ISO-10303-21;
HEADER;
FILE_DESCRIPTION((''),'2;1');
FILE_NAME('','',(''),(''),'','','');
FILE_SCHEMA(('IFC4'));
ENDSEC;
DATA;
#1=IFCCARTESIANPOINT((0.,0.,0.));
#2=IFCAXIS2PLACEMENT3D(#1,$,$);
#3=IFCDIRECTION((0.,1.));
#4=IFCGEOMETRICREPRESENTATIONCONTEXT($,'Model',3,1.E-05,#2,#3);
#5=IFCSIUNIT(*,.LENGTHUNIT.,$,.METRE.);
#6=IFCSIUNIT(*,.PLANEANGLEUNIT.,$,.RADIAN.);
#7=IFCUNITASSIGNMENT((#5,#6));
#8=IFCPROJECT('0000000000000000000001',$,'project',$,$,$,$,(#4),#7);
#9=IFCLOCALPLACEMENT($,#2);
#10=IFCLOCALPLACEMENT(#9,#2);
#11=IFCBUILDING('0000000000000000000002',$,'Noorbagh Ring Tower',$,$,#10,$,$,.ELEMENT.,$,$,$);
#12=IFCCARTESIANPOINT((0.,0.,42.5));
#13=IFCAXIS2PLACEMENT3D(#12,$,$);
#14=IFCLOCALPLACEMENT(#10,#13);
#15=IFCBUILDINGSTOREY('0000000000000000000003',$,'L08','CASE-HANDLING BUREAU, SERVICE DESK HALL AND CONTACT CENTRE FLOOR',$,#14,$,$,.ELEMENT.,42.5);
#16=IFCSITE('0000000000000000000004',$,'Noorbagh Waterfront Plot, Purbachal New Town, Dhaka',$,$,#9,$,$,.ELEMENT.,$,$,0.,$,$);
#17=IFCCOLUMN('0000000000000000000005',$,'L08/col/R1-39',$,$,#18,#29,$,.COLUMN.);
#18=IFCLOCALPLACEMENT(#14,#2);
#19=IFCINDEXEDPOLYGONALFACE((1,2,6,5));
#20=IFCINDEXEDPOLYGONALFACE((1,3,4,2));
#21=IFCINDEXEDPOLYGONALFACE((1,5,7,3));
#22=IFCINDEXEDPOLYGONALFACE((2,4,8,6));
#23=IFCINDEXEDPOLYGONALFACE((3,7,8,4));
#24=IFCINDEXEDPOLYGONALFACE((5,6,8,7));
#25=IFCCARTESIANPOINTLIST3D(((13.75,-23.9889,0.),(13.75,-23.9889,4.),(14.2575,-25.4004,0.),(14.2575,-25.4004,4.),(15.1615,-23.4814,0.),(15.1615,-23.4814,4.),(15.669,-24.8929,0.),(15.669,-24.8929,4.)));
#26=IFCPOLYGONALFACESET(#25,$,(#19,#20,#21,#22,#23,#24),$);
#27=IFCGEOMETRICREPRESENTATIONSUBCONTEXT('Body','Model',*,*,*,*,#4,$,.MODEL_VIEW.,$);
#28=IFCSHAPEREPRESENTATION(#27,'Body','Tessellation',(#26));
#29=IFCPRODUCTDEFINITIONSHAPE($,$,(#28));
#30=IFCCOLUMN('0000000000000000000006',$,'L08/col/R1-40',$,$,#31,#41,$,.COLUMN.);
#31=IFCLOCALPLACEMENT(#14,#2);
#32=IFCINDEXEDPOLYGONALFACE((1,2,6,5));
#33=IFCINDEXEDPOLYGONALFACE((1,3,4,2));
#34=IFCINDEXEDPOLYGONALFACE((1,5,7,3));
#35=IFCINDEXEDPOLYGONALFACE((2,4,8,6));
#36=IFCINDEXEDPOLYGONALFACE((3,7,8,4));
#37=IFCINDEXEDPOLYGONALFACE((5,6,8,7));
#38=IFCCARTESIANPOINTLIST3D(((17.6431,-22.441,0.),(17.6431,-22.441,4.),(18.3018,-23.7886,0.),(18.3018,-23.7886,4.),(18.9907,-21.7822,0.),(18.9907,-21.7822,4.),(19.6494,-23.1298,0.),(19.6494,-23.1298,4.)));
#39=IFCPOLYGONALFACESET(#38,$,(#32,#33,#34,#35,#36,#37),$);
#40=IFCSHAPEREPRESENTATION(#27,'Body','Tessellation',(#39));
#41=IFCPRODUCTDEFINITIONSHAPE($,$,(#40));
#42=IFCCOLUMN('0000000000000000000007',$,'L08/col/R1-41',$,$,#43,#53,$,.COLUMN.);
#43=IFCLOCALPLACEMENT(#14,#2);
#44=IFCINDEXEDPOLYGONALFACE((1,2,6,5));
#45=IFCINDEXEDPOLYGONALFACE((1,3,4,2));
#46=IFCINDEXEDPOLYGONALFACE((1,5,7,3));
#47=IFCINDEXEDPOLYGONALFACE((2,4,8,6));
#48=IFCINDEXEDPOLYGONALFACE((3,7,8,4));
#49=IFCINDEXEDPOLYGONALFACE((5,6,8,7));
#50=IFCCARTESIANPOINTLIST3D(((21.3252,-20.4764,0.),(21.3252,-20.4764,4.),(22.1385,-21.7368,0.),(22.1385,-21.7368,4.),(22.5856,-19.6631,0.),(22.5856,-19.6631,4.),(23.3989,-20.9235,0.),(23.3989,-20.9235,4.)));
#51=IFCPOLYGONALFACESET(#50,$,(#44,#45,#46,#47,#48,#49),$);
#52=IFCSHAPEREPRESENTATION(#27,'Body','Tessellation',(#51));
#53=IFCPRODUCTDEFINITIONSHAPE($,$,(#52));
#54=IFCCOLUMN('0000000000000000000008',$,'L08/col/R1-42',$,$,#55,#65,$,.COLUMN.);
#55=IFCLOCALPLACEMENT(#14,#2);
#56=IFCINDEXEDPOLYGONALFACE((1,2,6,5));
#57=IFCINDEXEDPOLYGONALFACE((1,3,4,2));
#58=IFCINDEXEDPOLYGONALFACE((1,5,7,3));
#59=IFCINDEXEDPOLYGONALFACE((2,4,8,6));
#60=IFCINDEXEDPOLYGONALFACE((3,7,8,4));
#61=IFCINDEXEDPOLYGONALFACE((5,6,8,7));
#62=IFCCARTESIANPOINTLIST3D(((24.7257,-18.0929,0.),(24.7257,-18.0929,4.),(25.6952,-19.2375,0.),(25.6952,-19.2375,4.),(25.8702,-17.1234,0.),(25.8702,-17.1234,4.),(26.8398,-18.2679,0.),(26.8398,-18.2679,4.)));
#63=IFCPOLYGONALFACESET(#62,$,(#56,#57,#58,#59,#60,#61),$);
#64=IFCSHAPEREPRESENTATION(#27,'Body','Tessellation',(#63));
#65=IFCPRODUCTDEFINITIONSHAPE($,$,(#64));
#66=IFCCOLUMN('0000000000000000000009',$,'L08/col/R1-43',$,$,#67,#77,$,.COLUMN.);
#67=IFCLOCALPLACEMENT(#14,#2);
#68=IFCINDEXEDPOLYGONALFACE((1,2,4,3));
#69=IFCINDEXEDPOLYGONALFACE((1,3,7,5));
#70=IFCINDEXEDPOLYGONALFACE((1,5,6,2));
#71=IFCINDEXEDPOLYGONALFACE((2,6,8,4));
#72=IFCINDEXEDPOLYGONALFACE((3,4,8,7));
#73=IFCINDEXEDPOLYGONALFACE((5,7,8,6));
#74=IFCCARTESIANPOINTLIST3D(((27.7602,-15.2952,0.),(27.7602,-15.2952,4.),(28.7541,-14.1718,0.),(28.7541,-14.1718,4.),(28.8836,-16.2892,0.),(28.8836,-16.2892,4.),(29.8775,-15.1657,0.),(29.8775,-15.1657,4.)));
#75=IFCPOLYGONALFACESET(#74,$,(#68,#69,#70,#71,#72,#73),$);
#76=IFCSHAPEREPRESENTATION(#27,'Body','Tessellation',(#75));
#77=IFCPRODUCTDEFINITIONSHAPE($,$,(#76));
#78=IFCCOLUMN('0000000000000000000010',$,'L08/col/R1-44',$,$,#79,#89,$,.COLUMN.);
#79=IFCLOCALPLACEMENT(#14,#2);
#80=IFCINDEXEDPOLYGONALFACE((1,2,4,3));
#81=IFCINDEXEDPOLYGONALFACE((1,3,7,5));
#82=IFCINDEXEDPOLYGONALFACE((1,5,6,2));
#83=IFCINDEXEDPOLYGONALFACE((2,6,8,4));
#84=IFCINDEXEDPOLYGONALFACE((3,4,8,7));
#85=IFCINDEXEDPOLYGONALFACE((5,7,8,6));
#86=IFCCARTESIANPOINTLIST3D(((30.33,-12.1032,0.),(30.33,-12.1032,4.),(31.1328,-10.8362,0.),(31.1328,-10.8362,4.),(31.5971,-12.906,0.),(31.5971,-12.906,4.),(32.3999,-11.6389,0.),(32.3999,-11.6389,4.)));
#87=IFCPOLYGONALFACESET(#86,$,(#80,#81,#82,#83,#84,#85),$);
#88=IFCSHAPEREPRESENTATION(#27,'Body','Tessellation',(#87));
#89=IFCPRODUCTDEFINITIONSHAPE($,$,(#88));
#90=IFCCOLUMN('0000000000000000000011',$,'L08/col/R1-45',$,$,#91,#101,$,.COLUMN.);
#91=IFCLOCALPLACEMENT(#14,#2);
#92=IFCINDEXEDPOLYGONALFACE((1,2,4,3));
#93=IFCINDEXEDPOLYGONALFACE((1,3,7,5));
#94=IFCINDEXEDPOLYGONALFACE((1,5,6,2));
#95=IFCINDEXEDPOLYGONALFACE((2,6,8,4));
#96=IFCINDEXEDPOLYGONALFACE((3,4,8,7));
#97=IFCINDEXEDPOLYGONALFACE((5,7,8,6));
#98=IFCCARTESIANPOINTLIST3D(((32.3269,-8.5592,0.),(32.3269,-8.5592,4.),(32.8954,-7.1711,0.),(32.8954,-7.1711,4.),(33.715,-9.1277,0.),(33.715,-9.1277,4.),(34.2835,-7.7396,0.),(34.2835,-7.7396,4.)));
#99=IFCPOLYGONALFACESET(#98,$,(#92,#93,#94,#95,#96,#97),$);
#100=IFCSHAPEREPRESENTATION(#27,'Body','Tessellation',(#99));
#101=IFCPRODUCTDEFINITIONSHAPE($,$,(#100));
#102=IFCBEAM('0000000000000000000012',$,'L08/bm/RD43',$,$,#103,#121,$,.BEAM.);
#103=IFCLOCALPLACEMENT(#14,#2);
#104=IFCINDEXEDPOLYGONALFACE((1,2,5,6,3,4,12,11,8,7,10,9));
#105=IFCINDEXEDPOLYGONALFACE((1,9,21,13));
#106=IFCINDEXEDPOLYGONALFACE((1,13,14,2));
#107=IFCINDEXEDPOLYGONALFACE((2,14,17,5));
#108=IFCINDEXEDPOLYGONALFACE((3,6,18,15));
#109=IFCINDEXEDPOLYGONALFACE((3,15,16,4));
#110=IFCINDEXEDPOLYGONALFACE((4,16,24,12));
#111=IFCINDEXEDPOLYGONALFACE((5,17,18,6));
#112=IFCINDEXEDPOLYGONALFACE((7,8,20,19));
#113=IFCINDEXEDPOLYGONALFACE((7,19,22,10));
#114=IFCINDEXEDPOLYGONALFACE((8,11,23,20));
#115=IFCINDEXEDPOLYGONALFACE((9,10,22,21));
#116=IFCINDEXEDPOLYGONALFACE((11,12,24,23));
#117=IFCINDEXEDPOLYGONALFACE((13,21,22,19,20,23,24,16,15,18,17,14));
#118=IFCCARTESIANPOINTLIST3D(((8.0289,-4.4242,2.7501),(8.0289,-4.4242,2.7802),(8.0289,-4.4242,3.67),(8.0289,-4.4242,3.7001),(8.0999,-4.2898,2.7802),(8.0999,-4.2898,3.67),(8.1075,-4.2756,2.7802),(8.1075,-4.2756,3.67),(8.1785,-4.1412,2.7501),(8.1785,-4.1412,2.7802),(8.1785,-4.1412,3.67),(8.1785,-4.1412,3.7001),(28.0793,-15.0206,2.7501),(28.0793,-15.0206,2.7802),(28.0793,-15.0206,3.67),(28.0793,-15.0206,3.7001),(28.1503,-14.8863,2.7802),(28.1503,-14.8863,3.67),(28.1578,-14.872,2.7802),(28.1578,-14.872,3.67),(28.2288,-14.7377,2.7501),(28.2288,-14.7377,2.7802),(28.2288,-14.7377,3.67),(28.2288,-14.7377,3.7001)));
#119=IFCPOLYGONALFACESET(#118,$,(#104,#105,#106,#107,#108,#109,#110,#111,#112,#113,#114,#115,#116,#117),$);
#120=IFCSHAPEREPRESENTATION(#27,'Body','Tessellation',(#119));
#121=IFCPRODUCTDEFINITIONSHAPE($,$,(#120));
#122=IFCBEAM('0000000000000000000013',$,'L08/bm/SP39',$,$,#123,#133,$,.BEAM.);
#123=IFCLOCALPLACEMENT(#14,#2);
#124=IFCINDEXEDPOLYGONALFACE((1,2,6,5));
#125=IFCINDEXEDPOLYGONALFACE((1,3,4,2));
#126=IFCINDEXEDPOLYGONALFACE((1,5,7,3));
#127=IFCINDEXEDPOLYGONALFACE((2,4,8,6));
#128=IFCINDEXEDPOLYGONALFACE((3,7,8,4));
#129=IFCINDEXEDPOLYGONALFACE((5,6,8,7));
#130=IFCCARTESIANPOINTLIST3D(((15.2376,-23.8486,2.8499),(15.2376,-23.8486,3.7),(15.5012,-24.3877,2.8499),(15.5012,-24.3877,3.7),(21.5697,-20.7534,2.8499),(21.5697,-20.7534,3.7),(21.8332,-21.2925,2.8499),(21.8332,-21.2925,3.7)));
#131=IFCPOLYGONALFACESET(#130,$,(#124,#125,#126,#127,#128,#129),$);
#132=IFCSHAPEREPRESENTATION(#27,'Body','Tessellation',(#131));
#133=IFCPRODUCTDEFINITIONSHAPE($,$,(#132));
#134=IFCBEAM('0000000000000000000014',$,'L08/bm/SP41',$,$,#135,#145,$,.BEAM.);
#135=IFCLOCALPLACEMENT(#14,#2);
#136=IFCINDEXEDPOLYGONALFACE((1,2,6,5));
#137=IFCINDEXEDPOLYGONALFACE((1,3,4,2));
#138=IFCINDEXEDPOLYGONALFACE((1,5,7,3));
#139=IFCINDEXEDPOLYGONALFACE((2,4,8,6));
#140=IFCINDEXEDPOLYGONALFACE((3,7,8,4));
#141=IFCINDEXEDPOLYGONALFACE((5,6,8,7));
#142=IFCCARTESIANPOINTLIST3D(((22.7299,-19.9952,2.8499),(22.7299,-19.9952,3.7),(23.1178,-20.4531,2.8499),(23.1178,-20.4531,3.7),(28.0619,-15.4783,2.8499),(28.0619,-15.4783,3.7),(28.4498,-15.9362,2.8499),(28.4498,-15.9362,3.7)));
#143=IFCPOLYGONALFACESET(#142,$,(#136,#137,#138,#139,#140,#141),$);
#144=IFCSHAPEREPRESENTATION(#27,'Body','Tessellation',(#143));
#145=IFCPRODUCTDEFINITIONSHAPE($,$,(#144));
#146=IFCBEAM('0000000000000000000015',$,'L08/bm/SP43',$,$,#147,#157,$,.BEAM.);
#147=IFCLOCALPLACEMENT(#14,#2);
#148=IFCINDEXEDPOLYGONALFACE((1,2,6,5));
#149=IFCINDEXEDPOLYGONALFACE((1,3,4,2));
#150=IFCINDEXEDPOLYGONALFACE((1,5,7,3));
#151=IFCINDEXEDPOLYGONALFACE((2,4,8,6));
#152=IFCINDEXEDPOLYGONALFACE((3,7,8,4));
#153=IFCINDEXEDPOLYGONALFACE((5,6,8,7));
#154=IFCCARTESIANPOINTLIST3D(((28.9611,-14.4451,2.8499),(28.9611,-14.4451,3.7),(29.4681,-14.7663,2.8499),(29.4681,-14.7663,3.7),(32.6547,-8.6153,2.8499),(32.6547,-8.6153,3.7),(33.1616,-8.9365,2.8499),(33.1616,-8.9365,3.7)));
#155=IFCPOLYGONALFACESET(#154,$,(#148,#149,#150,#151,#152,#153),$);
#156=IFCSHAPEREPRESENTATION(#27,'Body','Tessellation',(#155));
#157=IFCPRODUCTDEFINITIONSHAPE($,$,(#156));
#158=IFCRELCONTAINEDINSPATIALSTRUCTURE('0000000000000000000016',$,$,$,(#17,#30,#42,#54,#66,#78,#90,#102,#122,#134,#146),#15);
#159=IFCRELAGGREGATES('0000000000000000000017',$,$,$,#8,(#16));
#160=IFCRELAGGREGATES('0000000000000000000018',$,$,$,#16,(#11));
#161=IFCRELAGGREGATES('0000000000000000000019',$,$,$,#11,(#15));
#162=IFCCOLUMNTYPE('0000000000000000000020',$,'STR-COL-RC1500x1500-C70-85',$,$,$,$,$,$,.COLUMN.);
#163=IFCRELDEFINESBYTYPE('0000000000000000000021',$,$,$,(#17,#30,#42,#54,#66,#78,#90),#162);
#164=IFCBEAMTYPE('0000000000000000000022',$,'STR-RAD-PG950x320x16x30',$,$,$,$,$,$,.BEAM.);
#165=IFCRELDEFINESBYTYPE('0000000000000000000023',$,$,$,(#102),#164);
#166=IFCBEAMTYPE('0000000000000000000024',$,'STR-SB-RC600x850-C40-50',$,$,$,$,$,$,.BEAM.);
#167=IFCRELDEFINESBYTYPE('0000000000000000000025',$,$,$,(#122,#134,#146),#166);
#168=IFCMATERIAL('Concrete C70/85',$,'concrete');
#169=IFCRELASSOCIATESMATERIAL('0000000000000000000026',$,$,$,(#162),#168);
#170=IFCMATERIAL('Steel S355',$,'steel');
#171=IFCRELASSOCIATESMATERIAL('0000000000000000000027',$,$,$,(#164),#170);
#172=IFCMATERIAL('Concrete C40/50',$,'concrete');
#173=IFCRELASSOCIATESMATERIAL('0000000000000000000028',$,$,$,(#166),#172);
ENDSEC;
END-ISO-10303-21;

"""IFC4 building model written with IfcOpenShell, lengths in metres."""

from ifc_helpers import new_model, si_unit, direction, frame, origin, origin_2d, place, context, subcontext, project, spatial, rectangle, i_section, extrude, material, material_profile, profile_set, type_object, element, save


model = new_model("IFC4")

# Units and contexts
model_context = context("Model", 3, precision=1e-05, world=origin(), true_north=direction((0.0, 1.0)))
body_context = subcontext(model_context, "Body", "Model", "MODEL_VIEW")
ifc_project = project(units=[si_unit("LENGTHUNIT", "METRE"), si_unit("PLANEANGLEUNIT", "RADIAN")], contexts=[model_context])

# Site, building, storey
site_placement = place(None, origin())
site = spatial("IfcSite", under=ifc_project, at=site_placement, Name="Noorbagh Waterfront Plot, Purbachal New Town, Dhaka", CompositionType="ELEMENT", RefElevation=0.0)
building_placement = place(site_placement, origin())
building = spatial("IfcBuilding", under=site, at=building_placement, Name="Noorbagh Ring Tower", CompositionType="ELEMENT")
storey_placement = place(building_placement, frame((0.0, 0.0, 42.5)))
storey = spatial("IfcBuildingStorey", under=building, at=storey_placement, Name="L08", Description="CASE-HANDLING BUREAU, SERVICE DESK HALL AND CONTACT CENTRE FLOOR", CompositionType="ELEMENT", Elevation=42.5)

# Columns
ifc_material_1 = material(Name="Concrete C70/85", Category="concrete")
ifc_material_profile_1 = material_profile(ifc_material_1, rectangle(XDim=1.5, YDim=1.5, at=origin_2d()), Name="RC1500x1500")
ifc_profile_set_1 = profile_set([ifc_material_profile_1], Name="Concrete C70/85")
column_type = type_object("IfcColumnType", Name="STR-COL-RC1500x1500-C70-85", PredefinedType="COLUMN", material=ifc_profile_set_1)
for number, where, z_axis, x_axis, name in (
    (1, (14.7095, -24.4409, 0.0), (0.0, 0.0, 1.0), (0.941025, 0.338338, 0.0), "L08/col/R1-39"),
    (2, (18.6462, -22.7854, 0.0), (0.0, 0.0, 1.0), (0.898399, 0.43918, 0.0), "L08/col/R1-40"),
    (3, (22.3621, -20.7, 0.0), (0.0, 0.0, 1.0), (0.840248, 0.542203, 0.0), "L08/col/R1-41"),
    (4, (25.7827, -18.1804, 0.0), (0.0, 0.0, 1.0), (0.763035, 0.646357, 0.0), "L08/col/R1-42"),
    (5, (28.8188, -15.2305, 0.0), (0.0, 0.0, 1.0), (0.662636, 0.748942, 0.0), "L08/col/R1-43"),
    (6, (31.365, -11.8711, 0.0), (0.0, 0.0, 1.0), (0.53519, 0.844731, 0.0), "L08/col/R1-44"),
    (7, (33.3052, -8.1494, 0.0), (0.0, 0.0, 1.0), (0.378989, 0.925401, 0.0), "L08/col/R1-45"),
):
    element("IfcColumn", number, at=place(storey_placement, frame(where, z_axis=z_axis, x_axis=x_axis)), inside=storey, type_object=column_type, Name=name, PredefinedType="COLUMN", context=body_context, shape_type="SweptSolid", body=[
        extrude(rectangle(XDim=1.5, YDim=1.5, at=origin_2d()), origin(), (0.0, 0.0, 1.0), 4.0),
    ])

# Beams
ifc_material_2 = material(Name="Steel S355", Category="steel")
ifc_material_profile_2 = material_profile(ifc_material_2, i_section(OverallWidth=0.3201, OverallDepth=0.95, WebThickness=0.0161, FlangeThickness=0.03, at=origin_2d()), Name="PG950x320x16x30")
ifc_profile_set_2 = profile_set([ifc_material_profile_2], Name="Steel S355")
beam_type_1 = type_object("IfcBeamType", Name="STR-RAD-PG950x320x16x30", PredefinedType="BEAM", material=ifc_profile_set_2)
beam_1_placement = place(storey_placement, frame((28.1541, -14.8792, 3.2251), z_axis=(-0.884124, 0.467253, 0.0), x_axis=(-0.467253, -0.884124, 0.0)))
element("IfcBeam", 8, at=beam_1_placement, inside=storey, type_object=beam_type_1, Name="L08/bm/RD43", PredefinedType="BEAM", context=body_context, shape_type="SweptSolid", body=[
    extrude(i_section(OverallWidth=0.3201, OverallDepth=0.95, WebThickness=0.0161, FlangeThickness=0.03, at=origin_2d()), origin(), (0.0, 0.0, 1.0), 22.6782),
])
ifc_material_3 = material(Name="Concrete C40/50", Category="concrete")
ifc_material_profile_3 = material_profile(ifc_material_3, rectangle(XDim=0.6001, YDim=0.8501, at=origin_2d()), Name="RC600x850")
ifc_profile_set_3 = profile_set([ifc_material_profile_3], Name="Concrete C40/50")
beam_type_2 = type_object("IfcBeamType", Name="STR-SB-RC600x850-C40-50", PredefinedType="BEAM", material=ifc_profile_set_3)
beam_2_placement = place(storey_placement, frame((15.3694, -24.1182, 3.2749), z_axis=(0.898409, 0.439159, 0.0), x_axis=(-0.439159, 0.898409, 0.0)))
element("IfcBeam", 9, at=beam_2_placement, inside=storey, type_object=beam_type_2, Name="L08/bm/SP39", PredefinedType="BEAM", context=body_context, shape_type="SweptSolid", body=[
    extrude(rectangle(XDim=0.6001, YDim=0.8501, at=origin_2d()), origin(), (0.0, 0.0, 1.0), 7.0481),
])
beam_3_placement = place(storey_placement, frame((22.9238, -20.2241, 3.2749), z_axis=(0.763024, 0.64637, 0.0), x_axis=(-0.64637, 0.763024, 0.0)))
element("IfcBeam", 10, at=beam_3_placement, inside=storey, type_object=beam_type_2, Name="L08/bm/SP41", PredefinedType="BEAM", context=body_context, shape_type="SweptSolid", body=[
    extrude(rectangle(XDim=0.6001, YDim=0.8501, at=origin_2d()), origin(), (0.0, 0.0, 1.0), 6.988),
])
beam_4_placement = place(storey_placement, frame((29.2146, -14.6057, 3.2749), z_axis=(0.535194, 0.844729, 0.0), x_axis=(-0.844729, 0.535194, 0.0)))
element("IfcBeam", 11, at=beam_4_placement, inside=storey, type_object=beam_type_2, Name="L08/bm/SP43", PredefinedType="BEAM", context=body_context, shape_type="SweptSolid", body=[
    extrude(rectangle(XDim=0.6001, YDim=0.8501, at=origin_2d()), origin(), (0.0, 0.0, 1.0), 6.9014),
])

save(model, "model.ifc")
